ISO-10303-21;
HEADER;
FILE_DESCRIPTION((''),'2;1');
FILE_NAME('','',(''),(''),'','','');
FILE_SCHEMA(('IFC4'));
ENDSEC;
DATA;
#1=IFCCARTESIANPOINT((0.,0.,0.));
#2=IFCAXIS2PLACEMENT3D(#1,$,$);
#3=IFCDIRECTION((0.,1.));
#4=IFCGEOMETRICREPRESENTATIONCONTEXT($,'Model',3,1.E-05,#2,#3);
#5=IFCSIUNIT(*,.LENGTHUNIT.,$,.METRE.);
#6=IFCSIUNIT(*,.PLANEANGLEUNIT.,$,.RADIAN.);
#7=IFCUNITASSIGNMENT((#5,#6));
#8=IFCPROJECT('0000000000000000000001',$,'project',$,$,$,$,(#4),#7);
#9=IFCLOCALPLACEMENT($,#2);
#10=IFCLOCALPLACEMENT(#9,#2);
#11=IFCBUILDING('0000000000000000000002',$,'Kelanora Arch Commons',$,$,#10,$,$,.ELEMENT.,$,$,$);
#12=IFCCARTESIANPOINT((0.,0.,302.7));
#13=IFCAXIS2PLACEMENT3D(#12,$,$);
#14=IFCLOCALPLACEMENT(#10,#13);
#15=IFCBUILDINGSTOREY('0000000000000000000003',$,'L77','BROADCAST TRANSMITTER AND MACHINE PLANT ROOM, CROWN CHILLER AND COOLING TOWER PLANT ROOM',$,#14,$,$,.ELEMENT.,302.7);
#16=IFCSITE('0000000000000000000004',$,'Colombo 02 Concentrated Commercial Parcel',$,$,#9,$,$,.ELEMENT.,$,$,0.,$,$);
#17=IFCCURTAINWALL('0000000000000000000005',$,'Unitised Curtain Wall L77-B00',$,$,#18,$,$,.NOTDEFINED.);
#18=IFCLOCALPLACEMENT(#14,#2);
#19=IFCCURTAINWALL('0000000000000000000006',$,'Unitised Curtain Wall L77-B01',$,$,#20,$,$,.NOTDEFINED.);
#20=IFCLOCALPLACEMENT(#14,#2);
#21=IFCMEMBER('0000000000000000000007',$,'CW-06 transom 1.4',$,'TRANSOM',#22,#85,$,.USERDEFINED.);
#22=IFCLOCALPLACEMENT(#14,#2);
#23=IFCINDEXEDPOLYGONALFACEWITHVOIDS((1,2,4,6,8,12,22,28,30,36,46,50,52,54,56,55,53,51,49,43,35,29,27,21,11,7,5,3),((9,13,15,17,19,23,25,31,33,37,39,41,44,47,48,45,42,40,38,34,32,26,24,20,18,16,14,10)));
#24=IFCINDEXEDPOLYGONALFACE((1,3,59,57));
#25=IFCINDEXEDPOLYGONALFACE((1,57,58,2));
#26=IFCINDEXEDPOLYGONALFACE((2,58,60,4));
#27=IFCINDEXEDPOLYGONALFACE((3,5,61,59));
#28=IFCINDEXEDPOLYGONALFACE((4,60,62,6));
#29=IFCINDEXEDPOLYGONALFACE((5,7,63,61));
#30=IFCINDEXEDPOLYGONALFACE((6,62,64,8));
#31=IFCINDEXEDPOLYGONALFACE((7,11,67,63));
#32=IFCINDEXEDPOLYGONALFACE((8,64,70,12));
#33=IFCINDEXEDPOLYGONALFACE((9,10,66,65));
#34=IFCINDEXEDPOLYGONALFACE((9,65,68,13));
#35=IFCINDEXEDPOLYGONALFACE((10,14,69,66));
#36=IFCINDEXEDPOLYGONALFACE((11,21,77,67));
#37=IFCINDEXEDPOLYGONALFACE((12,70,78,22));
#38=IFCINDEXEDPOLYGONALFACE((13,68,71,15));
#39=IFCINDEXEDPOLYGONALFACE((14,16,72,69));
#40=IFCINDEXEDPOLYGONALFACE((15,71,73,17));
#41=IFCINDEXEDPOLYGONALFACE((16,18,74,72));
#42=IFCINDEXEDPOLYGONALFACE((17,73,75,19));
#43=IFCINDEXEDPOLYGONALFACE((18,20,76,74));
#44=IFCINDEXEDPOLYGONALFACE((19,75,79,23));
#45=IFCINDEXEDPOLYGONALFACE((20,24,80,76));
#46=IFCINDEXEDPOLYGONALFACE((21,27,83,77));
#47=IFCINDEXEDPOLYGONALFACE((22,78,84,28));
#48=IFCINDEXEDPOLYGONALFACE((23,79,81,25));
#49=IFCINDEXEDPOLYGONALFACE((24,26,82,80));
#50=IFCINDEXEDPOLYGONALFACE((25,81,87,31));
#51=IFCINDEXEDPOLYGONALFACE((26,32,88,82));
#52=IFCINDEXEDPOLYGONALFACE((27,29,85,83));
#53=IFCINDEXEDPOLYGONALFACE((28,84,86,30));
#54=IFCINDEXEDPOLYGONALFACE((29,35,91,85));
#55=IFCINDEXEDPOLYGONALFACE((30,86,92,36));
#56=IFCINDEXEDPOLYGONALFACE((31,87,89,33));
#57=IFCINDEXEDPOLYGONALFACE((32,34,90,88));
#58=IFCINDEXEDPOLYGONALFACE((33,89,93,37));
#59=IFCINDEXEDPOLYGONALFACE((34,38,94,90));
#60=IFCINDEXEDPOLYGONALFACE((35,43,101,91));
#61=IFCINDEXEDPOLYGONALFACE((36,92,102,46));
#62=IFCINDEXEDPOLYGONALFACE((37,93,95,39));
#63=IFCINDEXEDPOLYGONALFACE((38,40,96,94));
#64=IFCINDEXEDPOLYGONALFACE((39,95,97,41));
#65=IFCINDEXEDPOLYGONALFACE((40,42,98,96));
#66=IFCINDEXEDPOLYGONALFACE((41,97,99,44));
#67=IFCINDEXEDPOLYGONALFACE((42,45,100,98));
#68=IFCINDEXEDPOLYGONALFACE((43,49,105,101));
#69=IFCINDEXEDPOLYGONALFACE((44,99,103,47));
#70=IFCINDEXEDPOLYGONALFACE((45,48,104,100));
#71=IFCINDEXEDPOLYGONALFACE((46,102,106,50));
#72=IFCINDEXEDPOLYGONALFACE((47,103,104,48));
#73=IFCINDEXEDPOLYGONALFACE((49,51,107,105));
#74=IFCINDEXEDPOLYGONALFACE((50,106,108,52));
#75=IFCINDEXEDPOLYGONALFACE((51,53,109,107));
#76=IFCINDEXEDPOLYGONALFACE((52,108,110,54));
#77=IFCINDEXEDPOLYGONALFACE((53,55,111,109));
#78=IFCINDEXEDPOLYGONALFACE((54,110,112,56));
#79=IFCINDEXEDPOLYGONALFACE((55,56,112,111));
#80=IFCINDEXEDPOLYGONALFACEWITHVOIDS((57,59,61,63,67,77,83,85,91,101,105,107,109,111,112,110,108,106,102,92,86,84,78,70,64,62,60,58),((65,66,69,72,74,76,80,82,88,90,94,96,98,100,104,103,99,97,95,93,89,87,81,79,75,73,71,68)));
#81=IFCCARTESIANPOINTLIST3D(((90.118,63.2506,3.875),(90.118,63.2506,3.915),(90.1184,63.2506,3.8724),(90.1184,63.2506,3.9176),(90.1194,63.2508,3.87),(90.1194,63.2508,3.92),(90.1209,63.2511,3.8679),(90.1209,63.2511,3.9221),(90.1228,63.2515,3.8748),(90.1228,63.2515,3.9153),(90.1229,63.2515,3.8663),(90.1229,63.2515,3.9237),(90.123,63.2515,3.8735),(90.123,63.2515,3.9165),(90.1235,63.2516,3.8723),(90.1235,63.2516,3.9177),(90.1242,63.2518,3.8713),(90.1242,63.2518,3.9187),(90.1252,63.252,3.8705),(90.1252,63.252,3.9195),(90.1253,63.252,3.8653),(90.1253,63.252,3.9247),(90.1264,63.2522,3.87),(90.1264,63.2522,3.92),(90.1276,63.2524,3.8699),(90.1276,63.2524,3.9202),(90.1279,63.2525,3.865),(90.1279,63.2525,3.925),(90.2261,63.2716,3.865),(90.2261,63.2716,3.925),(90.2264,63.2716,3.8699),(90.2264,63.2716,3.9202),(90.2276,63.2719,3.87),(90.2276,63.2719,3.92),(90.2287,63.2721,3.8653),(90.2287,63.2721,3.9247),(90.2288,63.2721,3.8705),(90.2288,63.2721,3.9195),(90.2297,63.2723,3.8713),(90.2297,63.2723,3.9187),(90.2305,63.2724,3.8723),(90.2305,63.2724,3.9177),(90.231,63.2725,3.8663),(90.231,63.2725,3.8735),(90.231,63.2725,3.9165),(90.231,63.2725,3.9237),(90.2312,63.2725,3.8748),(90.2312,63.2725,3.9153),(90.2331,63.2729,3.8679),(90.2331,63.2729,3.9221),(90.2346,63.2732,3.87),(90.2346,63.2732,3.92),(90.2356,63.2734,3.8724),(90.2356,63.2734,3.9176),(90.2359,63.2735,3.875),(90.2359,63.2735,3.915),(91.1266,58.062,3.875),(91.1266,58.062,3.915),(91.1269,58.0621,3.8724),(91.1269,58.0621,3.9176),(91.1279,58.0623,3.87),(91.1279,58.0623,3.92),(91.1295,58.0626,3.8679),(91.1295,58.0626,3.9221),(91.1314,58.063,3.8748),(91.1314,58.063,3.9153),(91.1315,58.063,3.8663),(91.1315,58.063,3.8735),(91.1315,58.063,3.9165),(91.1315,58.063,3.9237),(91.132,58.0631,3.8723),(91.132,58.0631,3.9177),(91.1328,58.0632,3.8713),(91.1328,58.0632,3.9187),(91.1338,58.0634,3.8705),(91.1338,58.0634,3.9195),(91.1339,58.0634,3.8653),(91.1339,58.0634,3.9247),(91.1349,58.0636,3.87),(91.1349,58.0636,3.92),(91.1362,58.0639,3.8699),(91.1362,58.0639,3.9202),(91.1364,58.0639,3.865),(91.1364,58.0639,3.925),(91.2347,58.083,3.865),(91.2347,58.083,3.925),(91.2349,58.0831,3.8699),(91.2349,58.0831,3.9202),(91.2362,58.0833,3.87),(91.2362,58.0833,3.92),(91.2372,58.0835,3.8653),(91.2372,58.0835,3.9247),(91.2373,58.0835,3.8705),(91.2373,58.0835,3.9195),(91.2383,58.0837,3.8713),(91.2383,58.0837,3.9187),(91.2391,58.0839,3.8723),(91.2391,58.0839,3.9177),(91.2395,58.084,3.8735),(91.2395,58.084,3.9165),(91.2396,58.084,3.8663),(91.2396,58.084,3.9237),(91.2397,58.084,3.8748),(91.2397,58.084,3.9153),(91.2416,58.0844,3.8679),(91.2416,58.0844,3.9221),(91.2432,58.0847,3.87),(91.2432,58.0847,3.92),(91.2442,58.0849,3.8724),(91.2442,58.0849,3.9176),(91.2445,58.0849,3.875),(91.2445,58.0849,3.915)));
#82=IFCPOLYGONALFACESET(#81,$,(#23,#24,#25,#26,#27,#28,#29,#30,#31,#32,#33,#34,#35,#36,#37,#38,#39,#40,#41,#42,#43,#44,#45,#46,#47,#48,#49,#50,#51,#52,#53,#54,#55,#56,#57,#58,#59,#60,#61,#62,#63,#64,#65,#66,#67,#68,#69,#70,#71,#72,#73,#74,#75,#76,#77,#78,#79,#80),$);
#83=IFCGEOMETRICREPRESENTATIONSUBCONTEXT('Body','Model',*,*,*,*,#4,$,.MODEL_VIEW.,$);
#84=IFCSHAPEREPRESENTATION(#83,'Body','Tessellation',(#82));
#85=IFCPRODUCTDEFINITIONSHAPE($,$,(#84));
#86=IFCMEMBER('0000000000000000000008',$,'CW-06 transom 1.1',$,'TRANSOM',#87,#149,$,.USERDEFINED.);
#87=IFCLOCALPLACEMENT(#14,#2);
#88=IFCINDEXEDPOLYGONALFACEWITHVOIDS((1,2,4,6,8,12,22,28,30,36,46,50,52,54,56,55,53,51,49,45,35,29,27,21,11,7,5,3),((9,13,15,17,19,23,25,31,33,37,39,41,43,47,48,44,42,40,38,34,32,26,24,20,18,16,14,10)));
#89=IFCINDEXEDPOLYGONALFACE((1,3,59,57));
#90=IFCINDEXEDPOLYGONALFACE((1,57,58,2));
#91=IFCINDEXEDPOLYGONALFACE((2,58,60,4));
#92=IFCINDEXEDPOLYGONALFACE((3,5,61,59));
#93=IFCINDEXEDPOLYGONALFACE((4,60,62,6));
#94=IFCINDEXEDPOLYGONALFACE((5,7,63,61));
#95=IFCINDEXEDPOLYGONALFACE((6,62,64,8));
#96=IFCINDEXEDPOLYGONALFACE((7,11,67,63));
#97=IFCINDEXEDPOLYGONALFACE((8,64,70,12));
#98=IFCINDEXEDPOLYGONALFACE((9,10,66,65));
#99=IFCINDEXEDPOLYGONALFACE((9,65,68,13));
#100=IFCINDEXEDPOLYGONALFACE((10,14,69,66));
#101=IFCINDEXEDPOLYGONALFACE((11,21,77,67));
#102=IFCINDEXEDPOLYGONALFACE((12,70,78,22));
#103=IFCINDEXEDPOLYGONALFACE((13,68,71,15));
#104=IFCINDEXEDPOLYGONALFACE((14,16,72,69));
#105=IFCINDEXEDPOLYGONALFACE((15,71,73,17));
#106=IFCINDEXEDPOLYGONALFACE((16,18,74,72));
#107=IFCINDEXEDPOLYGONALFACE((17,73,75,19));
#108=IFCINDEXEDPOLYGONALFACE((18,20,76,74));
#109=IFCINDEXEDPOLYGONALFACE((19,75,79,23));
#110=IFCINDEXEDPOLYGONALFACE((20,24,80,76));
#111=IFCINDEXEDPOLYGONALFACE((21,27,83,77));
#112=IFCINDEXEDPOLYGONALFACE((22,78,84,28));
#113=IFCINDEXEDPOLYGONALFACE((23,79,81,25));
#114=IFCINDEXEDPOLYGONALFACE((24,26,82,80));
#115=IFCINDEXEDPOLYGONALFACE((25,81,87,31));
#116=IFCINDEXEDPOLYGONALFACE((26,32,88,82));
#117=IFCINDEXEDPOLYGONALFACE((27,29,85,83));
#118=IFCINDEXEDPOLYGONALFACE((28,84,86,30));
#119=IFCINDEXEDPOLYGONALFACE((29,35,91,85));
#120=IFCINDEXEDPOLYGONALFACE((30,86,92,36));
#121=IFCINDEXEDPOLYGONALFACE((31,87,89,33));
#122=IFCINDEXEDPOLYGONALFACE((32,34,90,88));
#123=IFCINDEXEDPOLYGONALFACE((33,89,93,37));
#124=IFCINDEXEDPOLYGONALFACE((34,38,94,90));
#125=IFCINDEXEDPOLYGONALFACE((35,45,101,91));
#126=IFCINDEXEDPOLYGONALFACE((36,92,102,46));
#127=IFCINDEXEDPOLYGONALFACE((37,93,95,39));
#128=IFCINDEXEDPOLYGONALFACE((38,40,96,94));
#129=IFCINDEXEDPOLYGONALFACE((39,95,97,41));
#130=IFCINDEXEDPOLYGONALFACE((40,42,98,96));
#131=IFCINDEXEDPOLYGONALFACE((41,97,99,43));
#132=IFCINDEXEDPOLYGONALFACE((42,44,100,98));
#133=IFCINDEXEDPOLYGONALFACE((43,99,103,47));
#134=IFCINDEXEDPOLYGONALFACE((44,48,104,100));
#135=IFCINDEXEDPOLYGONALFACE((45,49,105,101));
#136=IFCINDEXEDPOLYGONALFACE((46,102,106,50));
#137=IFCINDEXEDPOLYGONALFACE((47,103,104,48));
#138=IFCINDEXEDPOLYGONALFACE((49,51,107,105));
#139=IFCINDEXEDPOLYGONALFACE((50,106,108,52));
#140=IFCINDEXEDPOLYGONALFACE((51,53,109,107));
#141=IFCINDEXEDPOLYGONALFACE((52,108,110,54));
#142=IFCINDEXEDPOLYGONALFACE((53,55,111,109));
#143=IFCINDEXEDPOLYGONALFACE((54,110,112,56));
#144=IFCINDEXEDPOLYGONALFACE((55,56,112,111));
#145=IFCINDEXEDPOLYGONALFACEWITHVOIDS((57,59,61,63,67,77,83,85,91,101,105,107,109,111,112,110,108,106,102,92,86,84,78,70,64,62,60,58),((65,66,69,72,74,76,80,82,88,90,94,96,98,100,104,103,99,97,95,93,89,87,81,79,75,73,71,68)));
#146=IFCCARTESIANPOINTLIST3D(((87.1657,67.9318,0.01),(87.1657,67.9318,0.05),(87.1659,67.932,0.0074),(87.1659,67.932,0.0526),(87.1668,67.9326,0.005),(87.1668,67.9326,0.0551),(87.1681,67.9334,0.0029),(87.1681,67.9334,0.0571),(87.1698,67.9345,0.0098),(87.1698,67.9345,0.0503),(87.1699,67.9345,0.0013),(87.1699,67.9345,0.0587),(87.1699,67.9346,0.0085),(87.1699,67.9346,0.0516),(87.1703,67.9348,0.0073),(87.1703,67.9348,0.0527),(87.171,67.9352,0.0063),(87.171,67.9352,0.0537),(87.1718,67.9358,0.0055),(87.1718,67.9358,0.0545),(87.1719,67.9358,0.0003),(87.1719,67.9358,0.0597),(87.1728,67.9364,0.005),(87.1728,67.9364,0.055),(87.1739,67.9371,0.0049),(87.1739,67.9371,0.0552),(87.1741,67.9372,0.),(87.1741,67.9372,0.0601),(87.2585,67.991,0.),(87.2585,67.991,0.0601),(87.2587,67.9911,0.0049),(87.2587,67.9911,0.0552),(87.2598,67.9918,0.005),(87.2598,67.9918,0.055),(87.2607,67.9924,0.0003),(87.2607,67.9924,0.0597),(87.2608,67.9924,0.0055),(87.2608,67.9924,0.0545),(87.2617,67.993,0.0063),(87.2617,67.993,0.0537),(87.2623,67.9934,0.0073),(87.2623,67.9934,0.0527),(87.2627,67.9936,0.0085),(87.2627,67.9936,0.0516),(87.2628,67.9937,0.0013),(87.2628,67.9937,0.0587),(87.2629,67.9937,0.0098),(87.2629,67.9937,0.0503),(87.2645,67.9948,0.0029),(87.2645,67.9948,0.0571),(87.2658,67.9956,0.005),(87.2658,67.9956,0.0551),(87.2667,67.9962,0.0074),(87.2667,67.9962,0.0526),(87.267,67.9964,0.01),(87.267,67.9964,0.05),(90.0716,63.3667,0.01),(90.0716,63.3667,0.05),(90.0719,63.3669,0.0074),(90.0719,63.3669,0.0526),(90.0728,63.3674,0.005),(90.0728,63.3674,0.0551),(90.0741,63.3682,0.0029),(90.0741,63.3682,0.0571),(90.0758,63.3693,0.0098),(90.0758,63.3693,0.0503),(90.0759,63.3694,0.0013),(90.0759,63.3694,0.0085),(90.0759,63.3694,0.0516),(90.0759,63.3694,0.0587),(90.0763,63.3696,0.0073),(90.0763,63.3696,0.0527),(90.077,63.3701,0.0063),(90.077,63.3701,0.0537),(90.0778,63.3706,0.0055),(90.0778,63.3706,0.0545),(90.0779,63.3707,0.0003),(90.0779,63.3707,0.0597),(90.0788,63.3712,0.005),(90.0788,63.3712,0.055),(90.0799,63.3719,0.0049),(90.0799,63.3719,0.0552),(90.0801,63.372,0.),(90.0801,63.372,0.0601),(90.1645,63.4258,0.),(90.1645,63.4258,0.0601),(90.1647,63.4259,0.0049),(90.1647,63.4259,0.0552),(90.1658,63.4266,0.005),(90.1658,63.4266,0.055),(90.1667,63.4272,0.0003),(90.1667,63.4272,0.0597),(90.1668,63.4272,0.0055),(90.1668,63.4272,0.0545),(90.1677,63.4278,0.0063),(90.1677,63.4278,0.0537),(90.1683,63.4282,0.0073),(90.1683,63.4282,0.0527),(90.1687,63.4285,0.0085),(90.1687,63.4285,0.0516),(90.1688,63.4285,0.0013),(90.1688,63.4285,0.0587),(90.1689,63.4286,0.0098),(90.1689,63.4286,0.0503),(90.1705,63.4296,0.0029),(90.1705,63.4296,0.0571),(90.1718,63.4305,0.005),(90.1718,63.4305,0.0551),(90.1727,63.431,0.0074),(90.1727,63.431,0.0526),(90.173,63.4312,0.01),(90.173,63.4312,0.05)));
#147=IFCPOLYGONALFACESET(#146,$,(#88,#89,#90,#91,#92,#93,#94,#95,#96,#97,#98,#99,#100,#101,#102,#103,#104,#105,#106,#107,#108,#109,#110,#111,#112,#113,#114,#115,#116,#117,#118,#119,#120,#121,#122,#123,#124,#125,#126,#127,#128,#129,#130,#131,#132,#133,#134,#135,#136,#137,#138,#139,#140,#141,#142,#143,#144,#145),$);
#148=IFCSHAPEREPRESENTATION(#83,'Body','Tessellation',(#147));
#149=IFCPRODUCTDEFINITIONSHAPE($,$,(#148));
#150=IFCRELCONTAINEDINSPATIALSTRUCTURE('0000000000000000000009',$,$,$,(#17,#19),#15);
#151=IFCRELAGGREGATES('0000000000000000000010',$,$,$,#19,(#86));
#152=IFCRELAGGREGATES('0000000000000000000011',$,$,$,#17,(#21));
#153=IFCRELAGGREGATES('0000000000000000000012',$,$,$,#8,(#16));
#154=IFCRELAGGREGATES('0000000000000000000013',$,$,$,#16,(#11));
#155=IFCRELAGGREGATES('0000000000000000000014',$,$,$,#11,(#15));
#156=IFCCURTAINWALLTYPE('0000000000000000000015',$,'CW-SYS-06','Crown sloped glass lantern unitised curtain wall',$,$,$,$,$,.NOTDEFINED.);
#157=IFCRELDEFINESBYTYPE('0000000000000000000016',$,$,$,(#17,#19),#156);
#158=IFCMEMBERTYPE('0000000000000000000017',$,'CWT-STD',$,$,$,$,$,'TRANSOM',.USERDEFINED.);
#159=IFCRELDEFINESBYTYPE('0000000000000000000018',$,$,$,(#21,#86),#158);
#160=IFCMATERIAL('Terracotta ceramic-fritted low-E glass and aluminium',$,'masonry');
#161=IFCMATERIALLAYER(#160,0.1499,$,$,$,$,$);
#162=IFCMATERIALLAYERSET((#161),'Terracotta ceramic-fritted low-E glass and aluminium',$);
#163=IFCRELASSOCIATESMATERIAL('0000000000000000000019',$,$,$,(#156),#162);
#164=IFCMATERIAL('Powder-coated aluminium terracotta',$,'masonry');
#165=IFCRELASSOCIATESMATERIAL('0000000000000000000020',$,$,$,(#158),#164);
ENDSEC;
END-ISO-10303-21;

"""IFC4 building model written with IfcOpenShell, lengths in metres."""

from ifc_helpers import new_model, si_unit, direction, frame, origin, origin_2d, place, context, subcontext, project, spatial, hollow_rectangle, extrude, material, layer, layer_set, material_profile, profile_set, type_object, element, aggregate, save


model = new_model("IFC4")

# Units and contexts
model_context = context("Model", 3, precision=1e-05, world=origin(), true_north=direction((0.0, 1.0)))
body_context = subcontext(model_context, "Body", "Model", "MODEL_VIEW")
ifc_project = project(units=[si_unit("LENGTHUNIT", "METRE"), si_unit("PLANEANGLEUNIT", "RADIAN")], contexts=[model_context])

# Site, building, storey
site_placement = place(None, origin())
site = spatial("IfcSite", under=ifc_project, at=site_placement, Name="Colombo 02 Concentrated Commercial Parcel", CompositionType="ELEMENT", RefElevation=0.0)
building_placement = place(site_placement, origin())
building = spatial("IfcBuilding", under=site, at=building_placement, Name="Kelanora Arch Commons", CompositionType="ELEMENT")
storey_placement = place(building_placement, frame((0.0, 0.0, 302.7)))
storey = spatial("IfcBuildingStorey", under=building, at=storey_placement, Name="L77", Description="BROADCAST TRANSMITTER AND MACHINE PLANT ROOM, CROWN CHILLER AND COOLING TOWER PLANT ROOM", CompositionType="ELEMENT", Elevation=302.7)

# Curtain wall
ifc_material_1 = material(Name="Terracotta ceramic-fritted low-E glass and aluminium", Category="masonry")
ifc_layer_1 = layer(ifc_material_1, 0.1499)
ifc_layer_set_1 = layer_set([ifc_layer_1], Name="Terracotta ceramic-fritted low-E glass and aluminium")
curtain_wall_type = type_object("IfcCurtainWallType", Name="CW-SYS-06", Description="Crown sloped glass lantern unitised curtain wall", PredefinedType="NOTDEFINED", material=ifc_layer_set_1)
curtain_wall_1_placement = place(storey_placement, origin())
curtain_wall_1 = element("IfcCurtainWall", 1, at=curtain_wall_1_placement, inside=storey, type_object=curtain_wall_type, Name="Unitised Curtain Wall L77-B00", PredefinedType="NOTDEFINED")
ifc_material_2 = material(Name="Powder-coated aluminium terracotta", Category="masonry")

# Curtain wall
curtain_wall_2_placement = place(storey_placement, origin())
curtain_wall_2 = element("IfcCurtainWall", 2, at=curtain_wall_2_placement, inside=storey, type_object=curtain_wall_type, Name="Unitised Curtain Wall L77-B01", PredefinedType="NOTDEFINED")

# Members
ifc_material_profile_1 = material_profile(ifc_material_2, hollow_rectangle(XDim=0.1201, YDim=0.0601, WallThickness=0.0049, InnerFilletRadius=0.0049, OuterFilletRadius=0.01, at=origin_2d()), Name="CWT120x60")
ifc_profile_set_1 = profile_set([ifc_material_profile_1], Name="Powder-coated aluminium terracotta")
member_type_1 = type_object("IfcMemberType", Name="CWT-STD", ElementType="TRANSOM", PredefinedType="USERDEFINED", material=ifc_profile_set_1)
member_1_placement = place(storey_placement, frame((91.1855, 58.0735, 3.895), z_axis=(-0.19081, 0.981627, 0.0), x_axis=(-0.981627, -0.19081, 0.0)))
member_1 = element("IfcMember", 3, at=member_1_placement, type_object=member_type_1, Name="CW-06 transom 1.4", ObjectType="TRANSOM", PredefinedType="USERDEFINED", context=body_context, shape_type="SweptSolid", body=[
    extrude(hollow_rectangle(XDim=0.1201, YDim=0.0601, WallThickness=0.0049, InnerFilletRadius=0.0049, OuterFilletRadius=0.01, at=origin_2d()), origin(), (0.0, 0.0, 1.0), 5.2856),
])
member_2_placement = place(storey_placement, frame((90.1223, 63.3989, 0.03), z_axis=(-0.536992, 0.843587, 0.0), x_axis=(-0.843587, -0.536992, 0.0)))
member_2 = element("IfcMember", 4, at=member_2_placement, type_object=member_type_1, Name="CW-06 transom 1.1", ObjectType="TRANSOM", PredefinedType="USERDEFINED", context=body_context, shape_type="SweptSolid", body=[
    extrude(hollow_rectangle(XDim=0.1201, YDim=0.0601, WallThickness=0.0049, InnerFilletRadius=0.0049, OuterFilletRadius=0.01, at=origin_2d()), origin(), (0.0, 0.0, 1.0), 5.4116),
])
aggregate(curtain_wall_2, [member_2])

aggregate(curtain_wall_1, [member_1])

save(model, "model.ifc")
